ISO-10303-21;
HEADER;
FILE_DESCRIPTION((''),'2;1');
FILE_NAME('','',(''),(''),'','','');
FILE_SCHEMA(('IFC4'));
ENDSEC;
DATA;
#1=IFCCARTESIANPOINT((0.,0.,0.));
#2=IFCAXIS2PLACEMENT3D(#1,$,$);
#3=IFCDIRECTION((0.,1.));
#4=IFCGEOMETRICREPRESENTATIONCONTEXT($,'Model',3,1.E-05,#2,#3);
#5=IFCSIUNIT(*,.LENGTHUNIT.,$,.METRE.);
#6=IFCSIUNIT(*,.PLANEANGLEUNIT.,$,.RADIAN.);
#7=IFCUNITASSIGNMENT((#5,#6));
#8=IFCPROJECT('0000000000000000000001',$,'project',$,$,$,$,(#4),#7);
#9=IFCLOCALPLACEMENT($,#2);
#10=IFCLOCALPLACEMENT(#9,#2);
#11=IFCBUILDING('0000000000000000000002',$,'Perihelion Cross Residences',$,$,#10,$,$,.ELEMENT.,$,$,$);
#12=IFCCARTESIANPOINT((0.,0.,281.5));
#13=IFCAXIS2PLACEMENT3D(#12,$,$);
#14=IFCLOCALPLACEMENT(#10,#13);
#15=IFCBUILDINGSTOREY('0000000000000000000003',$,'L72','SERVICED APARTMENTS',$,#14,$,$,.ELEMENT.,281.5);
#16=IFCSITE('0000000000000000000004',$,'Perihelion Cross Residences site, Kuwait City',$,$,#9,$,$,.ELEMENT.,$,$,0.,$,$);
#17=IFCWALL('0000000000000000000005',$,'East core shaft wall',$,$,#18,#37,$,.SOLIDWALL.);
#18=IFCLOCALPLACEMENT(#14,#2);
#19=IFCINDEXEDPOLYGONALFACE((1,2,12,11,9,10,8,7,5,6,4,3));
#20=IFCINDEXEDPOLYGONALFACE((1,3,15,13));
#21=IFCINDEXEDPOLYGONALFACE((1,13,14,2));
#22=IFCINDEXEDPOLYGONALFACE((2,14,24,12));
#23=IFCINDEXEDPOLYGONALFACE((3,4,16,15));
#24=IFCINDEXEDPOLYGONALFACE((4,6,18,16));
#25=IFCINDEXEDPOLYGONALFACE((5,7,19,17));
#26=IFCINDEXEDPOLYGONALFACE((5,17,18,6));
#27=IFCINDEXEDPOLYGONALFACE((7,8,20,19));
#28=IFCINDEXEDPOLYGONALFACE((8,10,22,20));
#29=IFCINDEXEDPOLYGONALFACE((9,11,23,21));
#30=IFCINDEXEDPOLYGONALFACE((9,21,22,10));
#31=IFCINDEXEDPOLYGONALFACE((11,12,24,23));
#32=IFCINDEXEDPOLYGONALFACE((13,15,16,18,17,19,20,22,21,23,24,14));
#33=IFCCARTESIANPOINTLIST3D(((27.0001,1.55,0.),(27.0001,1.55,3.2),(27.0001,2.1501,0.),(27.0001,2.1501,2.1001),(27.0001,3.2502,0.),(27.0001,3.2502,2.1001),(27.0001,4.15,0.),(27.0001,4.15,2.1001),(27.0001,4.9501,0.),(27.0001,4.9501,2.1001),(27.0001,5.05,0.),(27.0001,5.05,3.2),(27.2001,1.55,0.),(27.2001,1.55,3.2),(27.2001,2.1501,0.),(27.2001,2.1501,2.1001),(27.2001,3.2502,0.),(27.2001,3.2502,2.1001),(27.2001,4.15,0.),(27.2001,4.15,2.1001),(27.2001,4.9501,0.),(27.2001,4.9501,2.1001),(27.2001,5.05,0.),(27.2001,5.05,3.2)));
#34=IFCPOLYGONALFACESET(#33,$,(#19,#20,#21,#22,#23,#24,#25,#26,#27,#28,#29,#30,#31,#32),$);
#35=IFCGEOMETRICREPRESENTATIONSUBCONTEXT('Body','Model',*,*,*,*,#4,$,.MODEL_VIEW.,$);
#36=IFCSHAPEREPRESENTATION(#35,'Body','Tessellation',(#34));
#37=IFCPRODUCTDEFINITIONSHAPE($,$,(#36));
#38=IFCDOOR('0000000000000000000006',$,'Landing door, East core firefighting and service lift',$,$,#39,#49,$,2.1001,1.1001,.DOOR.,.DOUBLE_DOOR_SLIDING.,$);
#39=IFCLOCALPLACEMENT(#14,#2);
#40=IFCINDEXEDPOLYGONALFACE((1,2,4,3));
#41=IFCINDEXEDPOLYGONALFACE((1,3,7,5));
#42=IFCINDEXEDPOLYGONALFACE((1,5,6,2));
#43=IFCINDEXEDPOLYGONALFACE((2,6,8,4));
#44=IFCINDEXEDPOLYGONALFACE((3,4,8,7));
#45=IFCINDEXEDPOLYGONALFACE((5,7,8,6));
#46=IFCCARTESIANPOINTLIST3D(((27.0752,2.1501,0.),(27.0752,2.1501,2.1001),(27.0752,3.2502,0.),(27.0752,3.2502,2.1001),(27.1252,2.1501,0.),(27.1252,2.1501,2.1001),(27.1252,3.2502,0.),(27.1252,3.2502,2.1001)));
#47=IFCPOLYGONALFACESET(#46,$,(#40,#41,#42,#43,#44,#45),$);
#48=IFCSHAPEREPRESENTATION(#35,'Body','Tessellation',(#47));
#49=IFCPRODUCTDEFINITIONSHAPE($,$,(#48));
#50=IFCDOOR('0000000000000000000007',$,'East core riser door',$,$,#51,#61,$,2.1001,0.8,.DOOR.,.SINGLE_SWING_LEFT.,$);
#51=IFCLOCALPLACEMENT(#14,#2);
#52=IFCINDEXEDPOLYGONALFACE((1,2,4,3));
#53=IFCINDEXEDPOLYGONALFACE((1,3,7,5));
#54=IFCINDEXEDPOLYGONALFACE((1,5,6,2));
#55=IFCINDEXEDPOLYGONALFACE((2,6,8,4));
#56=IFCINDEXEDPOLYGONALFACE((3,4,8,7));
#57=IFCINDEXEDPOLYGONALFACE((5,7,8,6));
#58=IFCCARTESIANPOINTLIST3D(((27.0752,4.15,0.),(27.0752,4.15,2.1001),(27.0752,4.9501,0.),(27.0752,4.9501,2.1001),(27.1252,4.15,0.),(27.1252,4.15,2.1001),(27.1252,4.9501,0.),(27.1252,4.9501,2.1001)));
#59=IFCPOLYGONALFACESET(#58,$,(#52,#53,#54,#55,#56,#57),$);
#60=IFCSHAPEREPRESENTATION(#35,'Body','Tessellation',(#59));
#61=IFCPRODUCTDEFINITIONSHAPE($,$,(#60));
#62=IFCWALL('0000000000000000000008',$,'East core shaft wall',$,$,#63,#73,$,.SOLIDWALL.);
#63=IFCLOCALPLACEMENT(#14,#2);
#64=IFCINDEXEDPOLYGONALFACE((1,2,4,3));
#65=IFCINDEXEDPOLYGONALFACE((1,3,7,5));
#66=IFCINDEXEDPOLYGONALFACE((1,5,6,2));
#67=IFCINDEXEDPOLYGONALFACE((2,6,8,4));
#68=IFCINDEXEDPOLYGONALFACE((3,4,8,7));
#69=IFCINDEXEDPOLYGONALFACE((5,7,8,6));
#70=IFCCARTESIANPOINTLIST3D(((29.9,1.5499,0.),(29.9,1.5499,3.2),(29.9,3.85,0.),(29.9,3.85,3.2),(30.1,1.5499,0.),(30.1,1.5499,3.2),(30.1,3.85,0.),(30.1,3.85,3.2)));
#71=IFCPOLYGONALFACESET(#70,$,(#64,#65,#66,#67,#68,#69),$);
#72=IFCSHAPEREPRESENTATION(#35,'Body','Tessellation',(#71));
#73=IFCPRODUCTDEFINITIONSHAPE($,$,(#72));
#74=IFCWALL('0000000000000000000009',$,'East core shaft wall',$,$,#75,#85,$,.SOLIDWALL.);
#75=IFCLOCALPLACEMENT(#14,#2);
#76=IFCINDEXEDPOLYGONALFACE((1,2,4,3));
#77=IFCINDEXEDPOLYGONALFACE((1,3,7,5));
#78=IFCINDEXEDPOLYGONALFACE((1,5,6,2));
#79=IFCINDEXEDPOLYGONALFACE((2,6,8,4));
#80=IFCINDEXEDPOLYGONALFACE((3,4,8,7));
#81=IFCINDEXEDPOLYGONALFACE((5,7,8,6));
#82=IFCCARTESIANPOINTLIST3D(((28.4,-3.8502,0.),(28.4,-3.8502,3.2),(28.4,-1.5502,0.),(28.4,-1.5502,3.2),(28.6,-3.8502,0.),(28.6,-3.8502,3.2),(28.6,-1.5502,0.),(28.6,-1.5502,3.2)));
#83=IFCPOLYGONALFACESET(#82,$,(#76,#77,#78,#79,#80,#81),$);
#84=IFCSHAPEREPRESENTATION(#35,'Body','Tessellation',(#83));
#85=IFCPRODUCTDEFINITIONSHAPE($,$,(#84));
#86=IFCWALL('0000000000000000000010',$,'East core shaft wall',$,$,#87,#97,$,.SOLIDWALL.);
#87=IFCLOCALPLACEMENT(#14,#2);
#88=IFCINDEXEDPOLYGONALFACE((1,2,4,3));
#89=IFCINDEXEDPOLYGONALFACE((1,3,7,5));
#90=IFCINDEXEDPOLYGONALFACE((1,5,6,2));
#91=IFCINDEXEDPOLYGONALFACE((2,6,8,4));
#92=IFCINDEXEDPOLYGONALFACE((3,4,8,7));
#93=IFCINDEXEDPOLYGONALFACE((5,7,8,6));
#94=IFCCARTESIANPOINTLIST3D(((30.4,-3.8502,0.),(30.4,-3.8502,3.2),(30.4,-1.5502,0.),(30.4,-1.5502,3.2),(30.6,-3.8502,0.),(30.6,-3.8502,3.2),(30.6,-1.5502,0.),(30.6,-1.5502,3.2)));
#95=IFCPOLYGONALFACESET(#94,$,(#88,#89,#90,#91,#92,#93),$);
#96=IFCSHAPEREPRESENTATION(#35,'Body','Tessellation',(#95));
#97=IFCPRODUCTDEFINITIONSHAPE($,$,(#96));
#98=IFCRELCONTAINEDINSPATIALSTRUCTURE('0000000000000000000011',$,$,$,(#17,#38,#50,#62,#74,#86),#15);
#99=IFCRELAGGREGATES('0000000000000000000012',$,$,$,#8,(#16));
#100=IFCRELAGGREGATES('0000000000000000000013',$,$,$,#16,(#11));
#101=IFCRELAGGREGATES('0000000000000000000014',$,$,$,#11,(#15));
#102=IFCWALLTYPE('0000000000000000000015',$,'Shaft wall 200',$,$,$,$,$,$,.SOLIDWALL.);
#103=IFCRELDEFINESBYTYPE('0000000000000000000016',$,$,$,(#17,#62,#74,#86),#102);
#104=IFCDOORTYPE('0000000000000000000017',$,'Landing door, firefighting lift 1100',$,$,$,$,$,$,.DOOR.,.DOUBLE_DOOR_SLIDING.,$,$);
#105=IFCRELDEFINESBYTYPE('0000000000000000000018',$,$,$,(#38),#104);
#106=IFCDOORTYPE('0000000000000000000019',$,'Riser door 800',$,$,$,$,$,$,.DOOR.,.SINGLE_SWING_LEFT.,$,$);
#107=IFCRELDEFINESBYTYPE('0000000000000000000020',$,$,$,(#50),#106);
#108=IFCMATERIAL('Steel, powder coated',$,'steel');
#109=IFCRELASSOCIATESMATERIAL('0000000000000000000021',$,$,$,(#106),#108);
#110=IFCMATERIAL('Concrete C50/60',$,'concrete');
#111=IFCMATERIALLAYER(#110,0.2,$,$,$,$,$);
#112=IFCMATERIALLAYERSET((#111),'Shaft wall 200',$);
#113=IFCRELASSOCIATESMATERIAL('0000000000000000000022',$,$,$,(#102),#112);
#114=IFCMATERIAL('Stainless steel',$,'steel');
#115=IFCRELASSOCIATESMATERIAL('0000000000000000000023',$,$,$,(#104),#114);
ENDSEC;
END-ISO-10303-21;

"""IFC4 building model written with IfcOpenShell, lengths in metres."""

from ifc_helpers import new_model, si_unit, direction, frame, frame_2d, origin, place, context, subcontext, project, spatial, rectangle, extrude, material, layer, layer_set, type_object, element, fill, save


model = new_model("IFC4")

# Units and contexts
model_context = context("Model", 3, precision=1e-05, world=origin(), true_north=direction((0.0, 1.0)))
body_context = subcontext(model_context, "Body", "Model", "MODEL_VIEW")
ifc_project = project(units=[si_unit("LENGTHUNIT", "METRE"), si_unit("PLANEANGLEUNIT", "RADIAN")], contexts=[model_context])

# Site, building, storey
site_placement = place(None, origin())
site = spatial("IfcSite", under=ifc_project, at=site_placement, Name="Perihelion Cross Residences site, Kuwait City", CompositionType="ELEMENT", RefElevation=0.0)
building_placement = place(site_placement, origin())
building = spatial("IfcBuilding", under=site, at=building_placement, Name="Perihelion Cross Residences", CompositionType="ELEMENT")
storey_placement = place(building_placement, frame((0.0, 0.0, 281.5)))
storey = spatial("IfcBuildingStorey", under=building, at=storey_placement, Name="L72", Description="SERVICED APARTMENTS", CompositionType="ELEMENT", Elevation=281.5)

# Shared definitions
ifc_material_1 = material(Name="Steel, powder coated", Category="steel")
door_type_1 = type_object("IfcDoorType", Name="Riser door 800", OperationType="SINGLE_SWING_LEFT", PredefinedType="DOOR", material=ifc_material_1)

# Shared definitions
ifc_material_2 = material(Name="Concrete C50/60", Category="concrete")
ifc_layer_1 = layer(ifc_material_2, 0.2)
ifc_layer_set_1 = layer_set([ifc_layer_1], Name="Shaft wall 200")
wall_type_1 = type_object("IfcWallType", Name="Shaft wall 200", PredefinedType="SOLIDWALL", material=ifc_layer_set_1)

# Wall, openings, doors
wall_1_placement = place(storey_placement, frame((27.1001, 1.55, 0.0), z_axis=(0.0, 0.0, 1.0), x_axis=(0.0, 1.0, 0.0)))
wall_1 = element("IfcWall", 1, at=wall_1_placement, inside=storey, type_object=wall_type_1, Name="East core shaft wall", PredefinedType="SOLIDWALL", context=body_context, shape_type="SweptSolid", body=[
    extrude(rectangle(XDim=3.5, YDim=0.2, at=frame_2d((1.75, 0.0))), origin(), (0.0, 0.0, 1.0), 3.2),
])
opening_1_placement = place(wall_1_placement, frame((0.6001, 0.0, 0.0)))
opening_1 = element("IfcOpeningElement", 2, at=opening_1_placement, cuts=wall_1, PredefinedType="OPENING", context=body_context, shape_type="SweptSolid", body=[
    extrude(rectangle(XDim=1.1001, YDim=2.1001, at=frame_2d((0.55, 1.05))), frame((0.0, 0.1099, 0.0), z_axis=(0.0, -1.0, 0.0), x_axis=(1.0, 0.0, 0.0)), (0.0, 0.0, 1.0), 0.22),
])
opening_2_placement = place(wall_1_placement, frame((2.6001, 0.0, 0.0)))
opening_2 = element("IfcOpeningElement", 3, at=opening_2_placement, cuts=wall_1, PredefinedType="OPENING", context=body_context, shape_type="SweptSolid", body=[
    extrude(rectangle(XDim=0.8, YDim=2.1001, at=frame_2d((0.3999, 1.05))), frame((0.0, 0.1099, 0.0), z_axis=(0.0, -1.0, 0.0), x_axis=(1.0, 0.0, 0.0)), (0.0, 0.0, 1.0), 0.22),
])
ifc_material_3 = material(Name="Stainless steel", Category="steel")
door_type_2 = type_object("IfcDoorType", Name="Landing door, firefighting lift 1100", OperationType="DOUBLE_DOOR_SLIDING", PredefinedType="DOOR", material=ifc_material_3)
door_1_placement = place(opening_1_placement, origin())
door_1 = element("IfcDoor", 4, at=door_1_placement, inside=storey, type_object=door_type_2, Name="Landing door, East core firefighting and service lift", OperationType="DOUBLE_DOOR_SLIDING", OverallHeight=2.1001, OverallWidth=1.1001, PredefinedType="DOOR", context=body_context, shape_type="SweptSolid", body=[
    extrude(rectangle(XDim=1.1001, YDim=2.1001, at=frame_2d((0.55, 1.05))), frame((0.0, 0.0249, 0.0), z_axis=(0.0, -1.0, 0.0), x_axis=(1.0, 0.0, 0.0)), (0.0, 0.0, 1.0), 0.05),
])
fill(opening_1, door_1)
door_2_placement = place(opening_2_placement, origin())
door_2 = element("IfcDoor", 5, at=door_2_placement, inside=storey, type_object=door_type_1, Name="East core riser door", OperationType="SINGLE_SWING_LEFT", OverallHeight=2.1001, OverallWidth=0.8, PredefinedType="DOOR", context=body_context, shape_type="SweptSolid", body=[
    extrude(rectangle(XDim=0.8, YDim=2.1001, at=frame_2d((0.3999, 1.05))), frame((0.0, 0.0249, 0.0), z_axis=(0.0, -1.0, 0.0), x_axis=(1.0, 0.0, 0.0)), (0.0, 0.0, 1.0), 0.05),
])
fill(opening_2, door_2)

# Walls
for number, where, z_axis, x_axis, name in (
    (6, (30.0, 1.55, 0.0), (0.0, 0.0, 1.0), (0.0, 1.0, 0.0), "East core shaft wall"),
    (7, (28.5, -3.8501, 0.0), (0.0, 0.0, 1.0), (0.0, 1.0, 0.0), "East core shaft wall"),
    (8, (30.5, -3.8501, 0.0), (0.0, 0.0, 1.0), (0.0, 1.0, 0.0), "East core shaft wall"),
):
    element("IfcWall", number, at=place(storey_placement, frame(where, z_axis=z_axis, x_axis=x_axis)), inside=storey, type_object=wall_type_1, Name=name, PredefinedType="SOLIDWALL", context=body_context, shape_type="SweptSolid", body=[
        extrude(rectangle(XDim=2.3, YDim=0.2, at=frame_2d((1.1499, 0.0))), origin(), (0.0, 0.0, 1.0), 3.2),
    ])

save(model, "model.ifc")
